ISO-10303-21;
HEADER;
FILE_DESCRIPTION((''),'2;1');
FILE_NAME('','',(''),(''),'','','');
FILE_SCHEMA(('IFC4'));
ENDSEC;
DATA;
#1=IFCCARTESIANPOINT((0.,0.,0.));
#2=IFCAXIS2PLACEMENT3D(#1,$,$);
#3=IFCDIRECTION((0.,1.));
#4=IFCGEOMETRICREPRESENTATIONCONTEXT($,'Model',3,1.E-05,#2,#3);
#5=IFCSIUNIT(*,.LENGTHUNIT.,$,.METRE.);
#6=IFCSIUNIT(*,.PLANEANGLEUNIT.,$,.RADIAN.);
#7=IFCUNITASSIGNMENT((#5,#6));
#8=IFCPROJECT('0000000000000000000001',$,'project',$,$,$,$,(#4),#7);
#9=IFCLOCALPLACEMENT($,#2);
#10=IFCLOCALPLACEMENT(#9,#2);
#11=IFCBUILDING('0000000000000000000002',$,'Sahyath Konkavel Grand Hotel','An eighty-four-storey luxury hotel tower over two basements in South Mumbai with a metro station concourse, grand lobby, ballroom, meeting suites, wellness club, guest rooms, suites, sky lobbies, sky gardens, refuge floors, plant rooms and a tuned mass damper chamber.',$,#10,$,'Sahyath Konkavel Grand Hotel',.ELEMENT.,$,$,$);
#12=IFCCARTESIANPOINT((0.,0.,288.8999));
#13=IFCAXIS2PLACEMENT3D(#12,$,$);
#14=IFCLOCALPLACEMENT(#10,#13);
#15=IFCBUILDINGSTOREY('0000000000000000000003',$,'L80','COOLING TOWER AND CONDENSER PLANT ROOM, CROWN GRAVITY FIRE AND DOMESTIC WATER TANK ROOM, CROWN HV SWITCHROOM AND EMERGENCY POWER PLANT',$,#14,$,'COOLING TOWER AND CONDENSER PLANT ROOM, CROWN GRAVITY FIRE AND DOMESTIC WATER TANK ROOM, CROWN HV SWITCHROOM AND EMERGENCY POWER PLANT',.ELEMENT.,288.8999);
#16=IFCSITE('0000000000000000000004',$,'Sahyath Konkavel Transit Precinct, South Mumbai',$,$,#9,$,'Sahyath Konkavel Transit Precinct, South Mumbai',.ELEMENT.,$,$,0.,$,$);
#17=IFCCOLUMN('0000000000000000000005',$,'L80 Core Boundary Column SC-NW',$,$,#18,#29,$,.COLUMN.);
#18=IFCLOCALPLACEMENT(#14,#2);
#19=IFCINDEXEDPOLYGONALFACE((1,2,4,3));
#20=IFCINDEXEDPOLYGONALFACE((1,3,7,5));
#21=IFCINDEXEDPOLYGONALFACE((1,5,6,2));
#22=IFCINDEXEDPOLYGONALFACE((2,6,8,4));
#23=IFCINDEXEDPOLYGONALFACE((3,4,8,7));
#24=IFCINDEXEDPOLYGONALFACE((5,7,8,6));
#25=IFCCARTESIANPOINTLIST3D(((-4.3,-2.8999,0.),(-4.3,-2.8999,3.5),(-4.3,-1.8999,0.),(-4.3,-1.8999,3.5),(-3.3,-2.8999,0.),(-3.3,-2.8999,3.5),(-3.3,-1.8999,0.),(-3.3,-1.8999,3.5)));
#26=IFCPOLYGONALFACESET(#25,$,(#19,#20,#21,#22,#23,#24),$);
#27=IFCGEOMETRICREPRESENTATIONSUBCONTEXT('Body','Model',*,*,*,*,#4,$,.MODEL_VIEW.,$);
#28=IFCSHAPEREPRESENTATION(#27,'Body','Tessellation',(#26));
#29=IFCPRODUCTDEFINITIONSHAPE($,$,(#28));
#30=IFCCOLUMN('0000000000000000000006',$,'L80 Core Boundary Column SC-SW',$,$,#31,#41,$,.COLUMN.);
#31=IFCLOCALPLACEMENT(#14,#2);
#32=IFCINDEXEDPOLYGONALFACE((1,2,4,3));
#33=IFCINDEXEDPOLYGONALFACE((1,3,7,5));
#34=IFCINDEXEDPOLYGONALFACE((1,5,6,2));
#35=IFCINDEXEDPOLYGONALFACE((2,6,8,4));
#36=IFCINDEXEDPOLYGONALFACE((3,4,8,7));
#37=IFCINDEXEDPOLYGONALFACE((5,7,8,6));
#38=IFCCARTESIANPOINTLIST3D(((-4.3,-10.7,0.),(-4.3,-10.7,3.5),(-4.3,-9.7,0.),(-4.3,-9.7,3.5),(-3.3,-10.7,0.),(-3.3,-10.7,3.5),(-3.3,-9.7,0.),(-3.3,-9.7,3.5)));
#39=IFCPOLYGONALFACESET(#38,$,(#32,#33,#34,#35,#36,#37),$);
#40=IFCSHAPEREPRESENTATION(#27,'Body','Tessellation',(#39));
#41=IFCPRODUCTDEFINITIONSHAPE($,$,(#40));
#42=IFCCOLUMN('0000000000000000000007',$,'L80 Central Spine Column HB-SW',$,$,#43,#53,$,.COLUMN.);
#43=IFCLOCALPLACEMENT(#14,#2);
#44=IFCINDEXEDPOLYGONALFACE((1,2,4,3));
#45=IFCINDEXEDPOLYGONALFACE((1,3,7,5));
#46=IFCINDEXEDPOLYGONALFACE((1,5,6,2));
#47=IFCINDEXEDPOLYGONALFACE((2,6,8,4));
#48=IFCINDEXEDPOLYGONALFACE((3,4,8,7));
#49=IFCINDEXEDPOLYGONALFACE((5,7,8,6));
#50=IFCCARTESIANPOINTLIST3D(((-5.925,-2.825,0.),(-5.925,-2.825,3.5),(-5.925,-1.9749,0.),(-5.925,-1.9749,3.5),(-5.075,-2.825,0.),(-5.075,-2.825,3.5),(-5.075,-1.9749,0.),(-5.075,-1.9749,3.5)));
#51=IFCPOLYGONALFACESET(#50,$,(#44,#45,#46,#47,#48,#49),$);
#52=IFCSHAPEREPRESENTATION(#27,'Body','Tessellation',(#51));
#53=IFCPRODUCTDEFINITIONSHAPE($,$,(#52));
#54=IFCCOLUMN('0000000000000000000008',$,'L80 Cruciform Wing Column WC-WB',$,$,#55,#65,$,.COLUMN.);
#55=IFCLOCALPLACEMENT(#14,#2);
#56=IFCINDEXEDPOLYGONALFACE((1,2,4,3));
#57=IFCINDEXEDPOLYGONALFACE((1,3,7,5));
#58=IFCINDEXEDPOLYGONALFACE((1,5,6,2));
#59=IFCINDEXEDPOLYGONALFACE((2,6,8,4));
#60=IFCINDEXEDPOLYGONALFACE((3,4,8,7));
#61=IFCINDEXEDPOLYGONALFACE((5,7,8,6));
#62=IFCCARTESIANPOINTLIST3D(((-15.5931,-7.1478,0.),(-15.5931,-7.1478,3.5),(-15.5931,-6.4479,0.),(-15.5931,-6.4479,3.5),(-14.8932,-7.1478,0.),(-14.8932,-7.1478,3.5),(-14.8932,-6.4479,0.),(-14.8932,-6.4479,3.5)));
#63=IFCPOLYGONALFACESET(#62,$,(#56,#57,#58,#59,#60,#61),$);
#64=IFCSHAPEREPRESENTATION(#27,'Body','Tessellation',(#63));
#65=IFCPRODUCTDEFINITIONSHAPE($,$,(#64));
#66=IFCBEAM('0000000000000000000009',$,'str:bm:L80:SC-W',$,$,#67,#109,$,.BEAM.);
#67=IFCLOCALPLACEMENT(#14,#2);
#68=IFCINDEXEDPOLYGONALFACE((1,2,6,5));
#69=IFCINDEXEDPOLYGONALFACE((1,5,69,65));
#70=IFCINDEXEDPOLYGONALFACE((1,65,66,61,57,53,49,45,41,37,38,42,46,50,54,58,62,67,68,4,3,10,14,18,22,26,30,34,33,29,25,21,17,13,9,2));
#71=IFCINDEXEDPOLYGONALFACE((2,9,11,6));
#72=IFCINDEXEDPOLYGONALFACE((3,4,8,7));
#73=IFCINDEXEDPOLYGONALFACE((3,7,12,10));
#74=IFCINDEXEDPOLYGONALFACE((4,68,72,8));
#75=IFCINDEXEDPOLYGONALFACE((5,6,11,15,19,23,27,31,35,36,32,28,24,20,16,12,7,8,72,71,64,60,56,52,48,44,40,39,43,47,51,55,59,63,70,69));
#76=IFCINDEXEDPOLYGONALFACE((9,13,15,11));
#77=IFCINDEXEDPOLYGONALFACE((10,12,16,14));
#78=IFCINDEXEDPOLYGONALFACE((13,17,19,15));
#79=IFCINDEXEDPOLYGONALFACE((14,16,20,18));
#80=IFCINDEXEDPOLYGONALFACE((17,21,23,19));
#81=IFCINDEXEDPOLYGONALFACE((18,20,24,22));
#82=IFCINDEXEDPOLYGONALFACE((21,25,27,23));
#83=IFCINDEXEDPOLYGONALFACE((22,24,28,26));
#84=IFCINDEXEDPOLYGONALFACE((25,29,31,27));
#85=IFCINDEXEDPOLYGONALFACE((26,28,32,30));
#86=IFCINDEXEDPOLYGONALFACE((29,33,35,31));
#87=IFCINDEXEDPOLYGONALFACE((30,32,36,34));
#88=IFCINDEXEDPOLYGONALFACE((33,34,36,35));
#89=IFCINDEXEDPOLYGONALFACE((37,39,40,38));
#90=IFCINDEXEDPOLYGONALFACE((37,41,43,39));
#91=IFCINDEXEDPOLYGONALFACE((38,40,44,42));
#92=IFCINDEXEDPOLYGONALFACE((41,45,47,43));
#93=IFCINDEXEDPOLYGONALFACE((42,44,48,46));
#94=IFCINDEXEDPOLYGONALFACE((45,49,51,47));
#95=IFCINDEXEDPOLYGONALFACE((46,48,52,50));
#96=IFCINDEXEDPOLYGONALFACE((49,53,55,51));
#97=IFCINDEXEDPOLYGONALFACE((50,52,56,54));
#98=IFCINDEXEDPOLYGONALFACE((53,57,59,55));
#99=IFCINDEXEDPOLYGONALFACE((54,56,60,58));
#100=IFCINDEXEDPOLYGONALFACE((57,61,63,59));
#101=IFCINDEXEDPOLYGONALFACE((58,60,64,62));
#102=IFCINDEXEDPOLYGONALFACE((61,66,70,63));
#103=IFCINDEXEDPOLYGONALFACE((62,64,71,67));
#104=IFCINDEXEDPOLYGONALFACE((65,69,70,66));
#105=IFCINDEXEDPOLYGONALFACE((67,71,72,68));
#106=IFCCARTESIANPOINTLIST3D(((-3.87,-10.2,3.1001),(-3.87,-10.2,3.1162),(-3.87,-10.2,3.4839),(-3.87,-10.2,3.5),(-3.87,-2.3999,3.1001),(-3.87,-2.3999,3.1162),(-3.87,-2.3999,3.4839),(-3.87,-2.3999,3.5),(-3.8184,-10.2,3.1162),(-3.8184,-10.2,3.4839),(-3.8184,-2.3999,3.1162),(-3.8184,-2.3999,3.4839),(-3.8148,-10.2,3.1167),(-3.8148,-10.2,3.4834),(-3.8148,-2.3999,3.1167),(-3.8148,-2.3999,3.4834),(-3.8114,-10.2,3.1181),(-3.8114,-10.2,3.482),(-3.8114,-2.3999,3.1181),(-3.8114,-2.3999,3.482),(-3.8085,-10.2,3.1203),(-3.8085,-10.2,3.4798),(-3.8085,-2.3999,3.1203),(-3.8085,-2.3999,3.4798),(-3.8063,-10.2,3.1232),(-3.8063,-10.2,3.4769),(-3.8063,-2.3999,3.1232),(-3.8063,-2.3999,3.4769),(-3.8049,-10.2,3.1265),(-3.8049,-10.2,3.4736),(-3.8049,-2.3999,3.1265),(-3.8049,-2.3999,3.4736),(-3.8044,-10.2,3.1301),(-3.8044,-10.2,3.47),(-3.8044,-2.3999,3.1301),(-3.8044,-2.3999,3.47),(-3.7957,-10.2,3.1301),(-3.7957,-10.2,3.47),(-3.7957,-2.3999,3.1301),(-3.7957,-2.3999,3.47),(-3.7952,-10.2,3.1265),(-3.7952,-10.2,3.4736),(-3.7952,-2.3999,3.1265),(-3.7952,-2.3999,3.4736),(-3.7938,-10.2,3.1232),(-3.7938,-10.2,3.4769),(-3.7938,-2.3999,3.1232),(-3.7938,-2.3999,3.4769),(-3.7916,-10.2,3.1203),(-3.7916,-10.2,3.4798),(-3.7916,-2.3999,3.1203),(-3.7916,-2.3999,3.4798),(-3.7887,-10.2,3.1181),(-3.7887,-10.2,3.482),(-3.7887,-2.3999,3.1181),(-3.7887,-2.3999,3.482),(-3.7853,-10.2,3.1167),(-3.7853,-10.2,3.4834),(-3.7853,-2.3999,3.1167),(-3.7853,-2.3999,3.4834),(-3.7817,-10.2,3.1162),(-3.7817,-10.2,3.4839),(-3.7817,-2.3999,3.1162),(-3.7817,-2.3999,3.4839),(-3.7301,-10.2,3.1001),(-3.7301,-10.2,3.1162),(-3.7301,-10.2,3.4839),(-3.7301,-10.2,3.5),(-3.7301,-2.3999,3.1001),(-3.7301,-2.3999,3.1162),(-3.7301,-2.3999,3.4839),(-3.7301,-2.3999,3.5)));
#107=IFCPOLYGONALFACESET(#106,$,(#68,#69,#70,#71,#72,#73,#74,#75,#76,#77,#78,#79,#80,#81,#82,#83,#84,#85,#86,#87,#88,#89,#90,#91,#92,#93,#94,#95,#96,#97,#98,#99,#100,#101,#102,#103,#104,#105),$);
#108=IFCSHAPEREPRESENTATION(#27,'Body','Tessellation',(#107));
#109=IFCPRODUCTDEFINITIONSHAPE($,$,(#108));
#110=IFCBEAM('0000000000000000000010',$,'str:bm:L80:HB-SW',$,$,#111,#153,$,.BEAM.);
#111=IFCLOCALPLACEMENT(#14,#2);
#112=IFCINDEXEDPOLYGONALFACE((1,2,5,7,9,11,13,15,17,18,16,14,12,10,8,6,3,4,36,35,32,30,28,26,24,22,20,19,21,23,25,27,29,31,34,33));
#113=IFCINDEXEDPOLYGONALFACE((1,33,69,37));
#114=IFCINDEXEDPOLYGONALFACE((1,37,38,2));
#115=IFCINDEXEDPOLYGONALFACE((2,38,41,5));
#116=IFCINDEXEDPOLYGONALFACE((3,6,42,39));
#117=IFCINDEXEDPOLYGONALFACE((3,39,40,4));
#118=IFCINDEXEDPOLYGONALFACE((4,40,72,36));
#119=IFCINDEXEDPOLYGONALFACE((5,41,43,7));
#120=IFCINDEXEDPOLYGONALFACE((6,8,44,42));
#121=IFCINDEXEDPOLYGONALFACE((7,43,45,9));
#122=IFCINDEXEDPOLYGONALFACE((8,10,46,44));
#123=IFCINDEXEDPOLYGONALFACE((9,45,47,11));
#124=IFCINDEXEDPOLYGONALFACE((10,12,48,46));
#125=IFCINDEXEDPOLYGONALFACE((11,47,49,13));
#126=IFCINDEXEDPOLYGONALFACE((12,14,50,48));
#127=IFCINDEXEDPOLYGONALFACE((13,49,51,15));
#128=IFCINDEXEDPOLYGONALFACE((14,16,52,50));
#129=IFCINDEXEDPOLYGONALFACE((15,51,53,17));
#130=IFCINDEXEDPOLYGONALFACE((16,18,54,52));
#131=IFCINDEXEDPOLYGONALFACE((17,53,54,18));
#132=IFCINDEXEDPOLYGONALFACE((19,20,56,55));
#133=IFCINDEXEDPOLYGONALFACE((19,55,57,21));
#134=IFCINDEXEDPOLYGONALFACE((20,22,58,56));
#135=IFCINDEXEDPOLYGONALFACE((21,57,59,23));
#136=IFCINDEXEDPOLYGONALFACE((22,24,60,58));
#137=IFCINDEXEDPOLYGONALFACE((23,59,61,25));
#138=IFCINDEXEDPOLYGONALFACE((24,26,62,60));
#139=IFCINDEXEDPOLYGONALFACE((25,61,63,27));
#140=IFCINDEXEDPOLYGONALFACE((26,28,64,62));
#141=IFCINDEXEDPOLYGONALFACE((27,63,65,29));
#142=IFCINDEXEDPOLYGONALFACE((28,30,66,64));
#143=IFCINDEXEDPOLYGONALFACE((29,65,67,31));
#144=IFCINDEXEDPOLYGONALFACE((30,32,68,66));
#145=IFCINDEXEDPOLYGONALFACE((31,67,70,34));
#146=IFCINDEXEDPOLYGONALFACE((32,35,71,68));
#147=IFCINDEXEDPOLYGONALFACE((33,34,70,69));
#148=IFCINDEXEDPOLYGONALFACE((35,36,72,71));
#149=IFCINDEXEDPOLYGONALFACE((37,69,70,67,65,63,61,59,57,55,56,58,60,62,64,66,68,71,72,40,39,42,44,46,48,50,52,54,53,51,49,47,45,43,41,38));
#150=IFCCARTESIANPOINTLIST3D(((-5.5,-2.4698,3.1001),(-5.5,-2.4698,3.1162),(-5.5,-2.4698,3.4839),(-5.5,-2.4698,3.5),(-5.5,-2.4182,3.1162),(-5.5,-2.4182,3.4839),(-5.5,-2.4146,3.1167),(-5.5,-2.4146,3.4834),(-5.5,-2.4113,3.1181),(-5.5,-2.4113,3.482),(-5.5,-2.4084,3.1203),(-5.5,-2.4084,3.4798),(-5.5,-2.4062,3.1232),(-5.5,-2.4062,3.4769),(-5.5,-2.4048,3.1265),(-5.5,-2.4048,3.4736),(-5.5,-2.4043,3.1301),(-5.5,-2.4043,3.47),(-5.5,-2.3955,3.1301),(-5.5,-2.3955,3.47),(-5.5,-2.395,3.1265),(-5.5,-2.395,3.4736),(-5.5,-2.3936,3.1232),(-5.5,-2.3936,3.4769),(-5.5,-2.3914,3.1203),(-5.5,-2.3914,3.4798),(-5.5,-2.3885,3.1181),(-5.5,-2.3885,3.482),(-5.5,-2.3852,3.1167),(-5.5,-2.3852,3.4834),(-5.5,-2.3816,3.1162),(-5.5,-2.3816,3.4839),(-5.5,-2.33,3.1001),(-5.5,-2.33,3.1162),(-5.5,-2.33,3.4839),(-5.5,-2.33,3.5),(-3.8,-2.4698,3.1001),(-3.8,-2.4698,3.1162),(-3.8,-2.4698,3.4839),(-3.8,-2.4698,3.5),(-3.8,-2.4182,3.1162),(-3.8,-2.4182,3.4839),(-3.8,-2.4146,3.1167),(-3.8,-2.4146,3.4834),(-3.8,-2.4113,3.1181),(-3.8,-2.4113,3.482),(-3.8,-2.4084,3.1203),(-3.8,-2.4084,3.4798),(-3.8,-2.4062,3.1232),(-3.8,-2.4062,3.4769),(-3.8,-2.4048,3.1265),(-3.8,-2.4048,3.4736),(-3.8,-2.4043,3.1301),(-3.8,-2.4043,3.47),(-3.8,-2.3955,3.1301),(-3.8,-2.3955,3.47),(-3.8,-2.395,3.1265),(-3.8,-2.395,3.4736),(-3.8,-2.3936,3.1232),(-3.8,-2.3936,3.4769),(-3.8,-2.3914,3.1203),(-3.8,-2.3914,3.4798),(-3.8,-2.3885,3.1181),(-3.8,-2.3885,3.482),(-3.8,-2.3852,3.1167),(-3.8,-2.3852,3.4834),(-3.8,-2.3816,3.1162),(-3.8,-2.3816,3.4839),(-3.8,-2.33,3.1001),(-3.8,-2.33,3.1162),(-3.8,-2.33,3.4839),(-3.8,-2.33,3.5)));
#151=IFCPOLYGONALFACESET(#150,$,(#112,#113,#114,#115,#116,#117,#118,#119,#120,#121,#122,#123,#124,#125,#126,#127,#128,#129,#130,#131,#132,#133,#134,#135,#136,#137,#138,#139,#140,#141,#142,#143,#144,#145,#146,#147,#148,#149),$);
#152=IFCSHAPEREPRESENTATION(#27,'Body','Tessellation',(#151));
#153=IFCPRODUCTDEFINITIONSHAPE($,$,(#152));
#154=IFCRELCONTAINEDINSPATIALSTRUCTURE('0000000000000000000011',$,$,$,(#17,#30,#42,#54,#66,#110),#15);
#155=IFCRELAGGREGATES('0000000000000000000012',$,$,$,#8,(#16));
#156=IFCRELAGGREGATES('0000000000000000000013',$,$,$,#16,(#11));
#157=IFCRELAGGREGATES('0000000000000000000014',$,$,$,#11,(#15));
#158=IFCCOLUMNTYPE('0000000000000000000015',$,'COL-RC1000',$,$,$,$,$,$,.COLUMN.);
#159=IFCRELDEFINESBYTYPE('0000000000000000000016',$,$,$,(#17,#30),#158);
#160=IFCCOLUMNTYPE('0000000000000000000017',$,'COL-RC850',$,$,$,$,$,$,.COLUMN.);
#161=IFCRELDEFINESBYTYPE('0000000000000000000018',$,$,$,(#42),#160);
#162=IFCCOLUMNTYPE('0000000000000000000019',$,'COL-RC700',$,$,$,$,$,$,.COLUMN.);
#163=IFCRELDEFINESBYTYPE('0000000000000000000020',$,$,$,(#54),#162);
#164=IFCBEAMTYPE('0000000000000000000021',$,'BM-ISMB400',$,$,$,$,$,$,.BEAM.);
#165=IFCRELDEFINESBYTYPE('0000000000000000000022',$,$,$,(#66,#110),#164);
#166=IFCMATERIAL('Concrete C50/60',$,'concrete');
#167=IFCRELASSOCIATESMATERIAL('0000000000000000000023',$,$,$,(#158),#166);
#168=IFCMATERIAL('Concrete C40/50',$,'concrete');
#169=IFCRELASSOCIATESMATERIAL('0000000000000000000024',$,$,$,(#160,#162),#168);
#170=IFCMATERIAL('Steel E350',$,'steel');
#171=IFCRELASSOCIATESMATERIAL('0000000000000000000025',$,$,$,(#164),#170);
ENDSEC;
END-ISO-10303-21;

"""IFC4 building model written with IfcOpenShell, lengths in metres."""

from ifc_helpers import new_model, si_unit, direction, frame, origin, origin_2d, place, context, subcontext, project, spatial, rectangle, i_section, extrude, source, transform, mapped, material, material_profile, profile_set, type_object, element, save


model = new_model("IFC4")

# Units and contexts
model_context = context("Model", 3, precision=1e-05, world=origin(), true_north=direction((0.0, 1.0)))
body_context = subcontext(model_context, "Body", "Model", "MODEL_VIEW")
ifc_project = project(units=[si_unit("LENGTHUNIT", "METRE"), si_unit("PLANEANGLEUNIT", "RADIAN")], contexts=[model_context])

# Site, building, storey
site_placement = place(None, origin())
site = spatial("IfcSite", under=ifc_project, at=site_placement, Name="Sahyath Konkavel Transit Precinct, South Mumbai", LongName="Sahyath Konkavel Transit Precinct, South Mumbai", CompositionType="ELEMENT", RefElevation=0.0)
building_placement = place(site_placement, origin())
building = spatial("IfcBuilding", under=site, at=building_placement, Name="Sahyath Konkavel Grand Hotel", Description="An eighty-four-storey luxury hotel tower over two basements in South Mumbai with a metro station concourse, grand lobby, ballroom, meeting suites, wellness club, guest rooms, suites, sky lobbies, sky gardens, refuge floors, plant rooms and a tuned mass damper chamber.", LongName="Sahyath Konkavel Grand Hotel", CompositionType="ELEMENT")
storey_placement = place(building_placement, frame((0.0, 0.0, 288.8999)))
storey = spatial("IfcBuildingStorey", under=building, at=storey_placement, Name="L80", Description="COOLING TOWER AND CONDENSER PLANT ROOM, CROWN GRAVITY FIRE AND DOMESTIC WATER TANK ROOM, CROWN HV SWITCHROOM AND EMERGENCY POWER PLANT", LongName="COOLING TOWER AND CONDENSER PLANT ROOM, CROWN GRAVITY FIRE AND DOMESTIC WATER TANK ROOM, CROWN HV SWITCHROOM AND EMERGENCY POWER PLANT", CompositionType="ELEMENT", Elevation=288.8999)

# Columns
ifc_material_1 = material(Name="Concrete C50/60", Category="concrete")
ifc_material_profile_1 = material_profile(ifc_material_1, rectangle(XDim=1.0, YDim=1.0, at=origin_2d()), Name="RC 1000x1000")
ifc_profile_set_1 = profile_set([ifc_material_profile_1], Name="Concrete C50/60")
column_type_1 = type_object("IfcColumnType", Name="COL-RC1000", PredefinedType="COLUMN", material=ifc_profile_set_1)
shared_shape_1 = source(origin(), body_context, "Body", "SweptSolid", [
    extrude(rectangle(XDim=1.0, YDim=1.0, at=origin_2d()), origin(), (0.0, 0.0, 1.0), 3.5),
])
for number, where, z_axis, x_axis, name in (
    (1, (-3.8, -2.3999, 0.0), (0.0, 0.0, 1.0), (1.0, 0.0, 0.0), "L80 Core Boundary Column SC-NW"),
    (2, (-3.8, -10.2, 0.0), (0.0, 0.0, 1.0), (1.0, 0.0, 0.0), "L80 Core Boundary Column SC-SW"),
):
    element("IfcColumn", number, at=place(storey_placement, frame(where, z_axis=z_axis, x_axis=x_axis)), inside=storey, type_object=column_type_1, Name=name, PredefinedType="COLUMN", context=body_context, shape_type="MappedRepresentation", body=[
        mapped(shared_shape_1, transform((0.0, 0.0, 0.0), scale=1.0)),
    ])
ifc_material_2 = material(Name="Concrete C40/50", Category="concrete")
ifc_material_profile_2 = material_profile(ifc_material_2, rectangle(XDim=0.8501, YDim=0.8501, at=origin_2d()), Name="RC 850x850")
ifc_profile_set_2 = profile_set([ifc_material_profile_2], Name="Concrete C40/50")
column_type_2 = type_object("IfcColumnType", Name="COL-RC850", PredefinedType="COLUMN", material=ifc_profile_set_2)
shared_shape_2 = source(origin(), body_context, "Body", "SweptSolid", [
    extrude(rectangle(XDim=0.8501, YDim=0.8501, at=origin_2d()), origin(), (0.0, 0.0, 1.0), 3.5),
])
column_1_placement = place(storey_placement, frame((-5.5, -2.3999, 0.0), z_axis=(0.0, 0.0, 1.0), x_axis=(1.0, 0.0, 0.0)))
element("IfcColumn", 3, at=column_1_placement, inside=storey, type_object=column_type_2, Name="L80 Central Spine Column HB-SW", PredefinedType="COLUMN", context=body_context, shape_type="MappedRepresentation", body=[
    mapped(shared_shape_2, transform((0.0, 0.0, 0.0), scale=1.0)),
])
ifc_material_profile_3 = material_profile(ifc_material_2, rectangle(XDim=0.7, YDim=0.7, at=origin_2d()), Name="RC 700x700")
ifc_profile_set_3 = profile_set([ifc_material_profile_3], Name="Concrete C40/50")
column_type_3 = type_object("IfcColumnType", Name="COL-RC700", PredefinedType="COLUMN", material=ifc_profile_set_3)
shared_shape_3 = source(origin(), body_context, "Body", "SweptSolid", [
    extrude(rectangle(XDim=0.7, YDim=0.7, at=origin_2d()), origin(), (0.0, 0.0, 1.0), 3.5),
])
column_2_placement = place(storey_placement, frame((-15.2432, -6.7979, 0.0), z_axis=(0.0, 0.0, 1.0), x_axis=(1.0, 0.0, 0.0)))
element("IfcColumn", 4, at=column_2_placement, inside=storey, type_object=column_type_3, Name="L80 Cruciform Wing Column WC-WB", PredefinedType="COLUMN", context=body_context, shape_type="MappedRepresentation", body=[
    mapped(shared_shape_3, transform((0.0, 0.0, 0.0), scale=1.0)),
])

# Beams
ifc_material_3 = material(Name="Steel E350", Category="steel")
ifc_material_profile_4 = material_profile(ifc_material_3, i_section(OverallWidth=0.1399, OverallDepth=0.3999, WebThickness=0.0088, FlangeThickness=0.0161, FilletRadius=0.0139, at=origin_2d()), Name="ISMB 400")
ifc_profile_set_4 = profile_set([ifc_material_profile_4], Name="Steel E350")
beam_type_1 = type_object("IfcBeamType", Name="BM-ISMB400", PredefinedType="BEAM", material=ifc_profile_set_4)
shared_shape_4 = source(origin(), body_context, "Body", "SweptSolid", [
    extrude(i_section(OverallWidth=0.1399, OverallDepth=0.3999, WebThickness=0.0088, FlangeThickness=0.0161, FilletRadius=0.0139, at=origin_2d()), origin(), (0.0, 0.0, 1.0), 7.8),
])
beam_1_placement = place(storey_placement, frame((-3.8, -10.2, 3.3), z_axis=(0.0, 1.0, 0.0), x_axis=(-1.0, 0.0, 0.0)))
element("IfcBeam", 5, at=beam_1_placement, inside=storey, type_object=beam_type_1, Name="str:bm:L80:SC-W", PredefinedType="BEAM", context=body_context, shape_type="MappedRepresentation", body=[
    mapped(shared_shape_4, transform((0.0, 0.0, 0.0), scale=1.0)),
])
shared_shape_5 = source(origin(), body_context, "Body", "SweptSolid", [
    extrude(i_section(OverallWidth=0.1399, OverallDepth=0.3999, WebThickness=0.0088, FlangeThickness=0.0161, FilletRadius=0.0139, at=origin_2d()), origin(), (0.0, 0.0, 1.0), 1.7),
])
beam_2_placement = place(storey_placement, frame((-5.5, -2.3999, 3.3), z_axis=(1.0, 0.0, 0.0), x_axis=(0.0, 1.0, 0.0)))
element("IfcBeam", 6, at=beam_2_placement, inside=storey, type_object=beam_type_1, Name="str:bm:L80:HB-SW", PredefinedType="BEAM", context=body_context, shape_type="MappedRepresentation", body=[
    mapped(shared_shape_5, transform((0.0, 0.0, 0.0), scale=1.0)),
])

save(model, "model.ifc")
